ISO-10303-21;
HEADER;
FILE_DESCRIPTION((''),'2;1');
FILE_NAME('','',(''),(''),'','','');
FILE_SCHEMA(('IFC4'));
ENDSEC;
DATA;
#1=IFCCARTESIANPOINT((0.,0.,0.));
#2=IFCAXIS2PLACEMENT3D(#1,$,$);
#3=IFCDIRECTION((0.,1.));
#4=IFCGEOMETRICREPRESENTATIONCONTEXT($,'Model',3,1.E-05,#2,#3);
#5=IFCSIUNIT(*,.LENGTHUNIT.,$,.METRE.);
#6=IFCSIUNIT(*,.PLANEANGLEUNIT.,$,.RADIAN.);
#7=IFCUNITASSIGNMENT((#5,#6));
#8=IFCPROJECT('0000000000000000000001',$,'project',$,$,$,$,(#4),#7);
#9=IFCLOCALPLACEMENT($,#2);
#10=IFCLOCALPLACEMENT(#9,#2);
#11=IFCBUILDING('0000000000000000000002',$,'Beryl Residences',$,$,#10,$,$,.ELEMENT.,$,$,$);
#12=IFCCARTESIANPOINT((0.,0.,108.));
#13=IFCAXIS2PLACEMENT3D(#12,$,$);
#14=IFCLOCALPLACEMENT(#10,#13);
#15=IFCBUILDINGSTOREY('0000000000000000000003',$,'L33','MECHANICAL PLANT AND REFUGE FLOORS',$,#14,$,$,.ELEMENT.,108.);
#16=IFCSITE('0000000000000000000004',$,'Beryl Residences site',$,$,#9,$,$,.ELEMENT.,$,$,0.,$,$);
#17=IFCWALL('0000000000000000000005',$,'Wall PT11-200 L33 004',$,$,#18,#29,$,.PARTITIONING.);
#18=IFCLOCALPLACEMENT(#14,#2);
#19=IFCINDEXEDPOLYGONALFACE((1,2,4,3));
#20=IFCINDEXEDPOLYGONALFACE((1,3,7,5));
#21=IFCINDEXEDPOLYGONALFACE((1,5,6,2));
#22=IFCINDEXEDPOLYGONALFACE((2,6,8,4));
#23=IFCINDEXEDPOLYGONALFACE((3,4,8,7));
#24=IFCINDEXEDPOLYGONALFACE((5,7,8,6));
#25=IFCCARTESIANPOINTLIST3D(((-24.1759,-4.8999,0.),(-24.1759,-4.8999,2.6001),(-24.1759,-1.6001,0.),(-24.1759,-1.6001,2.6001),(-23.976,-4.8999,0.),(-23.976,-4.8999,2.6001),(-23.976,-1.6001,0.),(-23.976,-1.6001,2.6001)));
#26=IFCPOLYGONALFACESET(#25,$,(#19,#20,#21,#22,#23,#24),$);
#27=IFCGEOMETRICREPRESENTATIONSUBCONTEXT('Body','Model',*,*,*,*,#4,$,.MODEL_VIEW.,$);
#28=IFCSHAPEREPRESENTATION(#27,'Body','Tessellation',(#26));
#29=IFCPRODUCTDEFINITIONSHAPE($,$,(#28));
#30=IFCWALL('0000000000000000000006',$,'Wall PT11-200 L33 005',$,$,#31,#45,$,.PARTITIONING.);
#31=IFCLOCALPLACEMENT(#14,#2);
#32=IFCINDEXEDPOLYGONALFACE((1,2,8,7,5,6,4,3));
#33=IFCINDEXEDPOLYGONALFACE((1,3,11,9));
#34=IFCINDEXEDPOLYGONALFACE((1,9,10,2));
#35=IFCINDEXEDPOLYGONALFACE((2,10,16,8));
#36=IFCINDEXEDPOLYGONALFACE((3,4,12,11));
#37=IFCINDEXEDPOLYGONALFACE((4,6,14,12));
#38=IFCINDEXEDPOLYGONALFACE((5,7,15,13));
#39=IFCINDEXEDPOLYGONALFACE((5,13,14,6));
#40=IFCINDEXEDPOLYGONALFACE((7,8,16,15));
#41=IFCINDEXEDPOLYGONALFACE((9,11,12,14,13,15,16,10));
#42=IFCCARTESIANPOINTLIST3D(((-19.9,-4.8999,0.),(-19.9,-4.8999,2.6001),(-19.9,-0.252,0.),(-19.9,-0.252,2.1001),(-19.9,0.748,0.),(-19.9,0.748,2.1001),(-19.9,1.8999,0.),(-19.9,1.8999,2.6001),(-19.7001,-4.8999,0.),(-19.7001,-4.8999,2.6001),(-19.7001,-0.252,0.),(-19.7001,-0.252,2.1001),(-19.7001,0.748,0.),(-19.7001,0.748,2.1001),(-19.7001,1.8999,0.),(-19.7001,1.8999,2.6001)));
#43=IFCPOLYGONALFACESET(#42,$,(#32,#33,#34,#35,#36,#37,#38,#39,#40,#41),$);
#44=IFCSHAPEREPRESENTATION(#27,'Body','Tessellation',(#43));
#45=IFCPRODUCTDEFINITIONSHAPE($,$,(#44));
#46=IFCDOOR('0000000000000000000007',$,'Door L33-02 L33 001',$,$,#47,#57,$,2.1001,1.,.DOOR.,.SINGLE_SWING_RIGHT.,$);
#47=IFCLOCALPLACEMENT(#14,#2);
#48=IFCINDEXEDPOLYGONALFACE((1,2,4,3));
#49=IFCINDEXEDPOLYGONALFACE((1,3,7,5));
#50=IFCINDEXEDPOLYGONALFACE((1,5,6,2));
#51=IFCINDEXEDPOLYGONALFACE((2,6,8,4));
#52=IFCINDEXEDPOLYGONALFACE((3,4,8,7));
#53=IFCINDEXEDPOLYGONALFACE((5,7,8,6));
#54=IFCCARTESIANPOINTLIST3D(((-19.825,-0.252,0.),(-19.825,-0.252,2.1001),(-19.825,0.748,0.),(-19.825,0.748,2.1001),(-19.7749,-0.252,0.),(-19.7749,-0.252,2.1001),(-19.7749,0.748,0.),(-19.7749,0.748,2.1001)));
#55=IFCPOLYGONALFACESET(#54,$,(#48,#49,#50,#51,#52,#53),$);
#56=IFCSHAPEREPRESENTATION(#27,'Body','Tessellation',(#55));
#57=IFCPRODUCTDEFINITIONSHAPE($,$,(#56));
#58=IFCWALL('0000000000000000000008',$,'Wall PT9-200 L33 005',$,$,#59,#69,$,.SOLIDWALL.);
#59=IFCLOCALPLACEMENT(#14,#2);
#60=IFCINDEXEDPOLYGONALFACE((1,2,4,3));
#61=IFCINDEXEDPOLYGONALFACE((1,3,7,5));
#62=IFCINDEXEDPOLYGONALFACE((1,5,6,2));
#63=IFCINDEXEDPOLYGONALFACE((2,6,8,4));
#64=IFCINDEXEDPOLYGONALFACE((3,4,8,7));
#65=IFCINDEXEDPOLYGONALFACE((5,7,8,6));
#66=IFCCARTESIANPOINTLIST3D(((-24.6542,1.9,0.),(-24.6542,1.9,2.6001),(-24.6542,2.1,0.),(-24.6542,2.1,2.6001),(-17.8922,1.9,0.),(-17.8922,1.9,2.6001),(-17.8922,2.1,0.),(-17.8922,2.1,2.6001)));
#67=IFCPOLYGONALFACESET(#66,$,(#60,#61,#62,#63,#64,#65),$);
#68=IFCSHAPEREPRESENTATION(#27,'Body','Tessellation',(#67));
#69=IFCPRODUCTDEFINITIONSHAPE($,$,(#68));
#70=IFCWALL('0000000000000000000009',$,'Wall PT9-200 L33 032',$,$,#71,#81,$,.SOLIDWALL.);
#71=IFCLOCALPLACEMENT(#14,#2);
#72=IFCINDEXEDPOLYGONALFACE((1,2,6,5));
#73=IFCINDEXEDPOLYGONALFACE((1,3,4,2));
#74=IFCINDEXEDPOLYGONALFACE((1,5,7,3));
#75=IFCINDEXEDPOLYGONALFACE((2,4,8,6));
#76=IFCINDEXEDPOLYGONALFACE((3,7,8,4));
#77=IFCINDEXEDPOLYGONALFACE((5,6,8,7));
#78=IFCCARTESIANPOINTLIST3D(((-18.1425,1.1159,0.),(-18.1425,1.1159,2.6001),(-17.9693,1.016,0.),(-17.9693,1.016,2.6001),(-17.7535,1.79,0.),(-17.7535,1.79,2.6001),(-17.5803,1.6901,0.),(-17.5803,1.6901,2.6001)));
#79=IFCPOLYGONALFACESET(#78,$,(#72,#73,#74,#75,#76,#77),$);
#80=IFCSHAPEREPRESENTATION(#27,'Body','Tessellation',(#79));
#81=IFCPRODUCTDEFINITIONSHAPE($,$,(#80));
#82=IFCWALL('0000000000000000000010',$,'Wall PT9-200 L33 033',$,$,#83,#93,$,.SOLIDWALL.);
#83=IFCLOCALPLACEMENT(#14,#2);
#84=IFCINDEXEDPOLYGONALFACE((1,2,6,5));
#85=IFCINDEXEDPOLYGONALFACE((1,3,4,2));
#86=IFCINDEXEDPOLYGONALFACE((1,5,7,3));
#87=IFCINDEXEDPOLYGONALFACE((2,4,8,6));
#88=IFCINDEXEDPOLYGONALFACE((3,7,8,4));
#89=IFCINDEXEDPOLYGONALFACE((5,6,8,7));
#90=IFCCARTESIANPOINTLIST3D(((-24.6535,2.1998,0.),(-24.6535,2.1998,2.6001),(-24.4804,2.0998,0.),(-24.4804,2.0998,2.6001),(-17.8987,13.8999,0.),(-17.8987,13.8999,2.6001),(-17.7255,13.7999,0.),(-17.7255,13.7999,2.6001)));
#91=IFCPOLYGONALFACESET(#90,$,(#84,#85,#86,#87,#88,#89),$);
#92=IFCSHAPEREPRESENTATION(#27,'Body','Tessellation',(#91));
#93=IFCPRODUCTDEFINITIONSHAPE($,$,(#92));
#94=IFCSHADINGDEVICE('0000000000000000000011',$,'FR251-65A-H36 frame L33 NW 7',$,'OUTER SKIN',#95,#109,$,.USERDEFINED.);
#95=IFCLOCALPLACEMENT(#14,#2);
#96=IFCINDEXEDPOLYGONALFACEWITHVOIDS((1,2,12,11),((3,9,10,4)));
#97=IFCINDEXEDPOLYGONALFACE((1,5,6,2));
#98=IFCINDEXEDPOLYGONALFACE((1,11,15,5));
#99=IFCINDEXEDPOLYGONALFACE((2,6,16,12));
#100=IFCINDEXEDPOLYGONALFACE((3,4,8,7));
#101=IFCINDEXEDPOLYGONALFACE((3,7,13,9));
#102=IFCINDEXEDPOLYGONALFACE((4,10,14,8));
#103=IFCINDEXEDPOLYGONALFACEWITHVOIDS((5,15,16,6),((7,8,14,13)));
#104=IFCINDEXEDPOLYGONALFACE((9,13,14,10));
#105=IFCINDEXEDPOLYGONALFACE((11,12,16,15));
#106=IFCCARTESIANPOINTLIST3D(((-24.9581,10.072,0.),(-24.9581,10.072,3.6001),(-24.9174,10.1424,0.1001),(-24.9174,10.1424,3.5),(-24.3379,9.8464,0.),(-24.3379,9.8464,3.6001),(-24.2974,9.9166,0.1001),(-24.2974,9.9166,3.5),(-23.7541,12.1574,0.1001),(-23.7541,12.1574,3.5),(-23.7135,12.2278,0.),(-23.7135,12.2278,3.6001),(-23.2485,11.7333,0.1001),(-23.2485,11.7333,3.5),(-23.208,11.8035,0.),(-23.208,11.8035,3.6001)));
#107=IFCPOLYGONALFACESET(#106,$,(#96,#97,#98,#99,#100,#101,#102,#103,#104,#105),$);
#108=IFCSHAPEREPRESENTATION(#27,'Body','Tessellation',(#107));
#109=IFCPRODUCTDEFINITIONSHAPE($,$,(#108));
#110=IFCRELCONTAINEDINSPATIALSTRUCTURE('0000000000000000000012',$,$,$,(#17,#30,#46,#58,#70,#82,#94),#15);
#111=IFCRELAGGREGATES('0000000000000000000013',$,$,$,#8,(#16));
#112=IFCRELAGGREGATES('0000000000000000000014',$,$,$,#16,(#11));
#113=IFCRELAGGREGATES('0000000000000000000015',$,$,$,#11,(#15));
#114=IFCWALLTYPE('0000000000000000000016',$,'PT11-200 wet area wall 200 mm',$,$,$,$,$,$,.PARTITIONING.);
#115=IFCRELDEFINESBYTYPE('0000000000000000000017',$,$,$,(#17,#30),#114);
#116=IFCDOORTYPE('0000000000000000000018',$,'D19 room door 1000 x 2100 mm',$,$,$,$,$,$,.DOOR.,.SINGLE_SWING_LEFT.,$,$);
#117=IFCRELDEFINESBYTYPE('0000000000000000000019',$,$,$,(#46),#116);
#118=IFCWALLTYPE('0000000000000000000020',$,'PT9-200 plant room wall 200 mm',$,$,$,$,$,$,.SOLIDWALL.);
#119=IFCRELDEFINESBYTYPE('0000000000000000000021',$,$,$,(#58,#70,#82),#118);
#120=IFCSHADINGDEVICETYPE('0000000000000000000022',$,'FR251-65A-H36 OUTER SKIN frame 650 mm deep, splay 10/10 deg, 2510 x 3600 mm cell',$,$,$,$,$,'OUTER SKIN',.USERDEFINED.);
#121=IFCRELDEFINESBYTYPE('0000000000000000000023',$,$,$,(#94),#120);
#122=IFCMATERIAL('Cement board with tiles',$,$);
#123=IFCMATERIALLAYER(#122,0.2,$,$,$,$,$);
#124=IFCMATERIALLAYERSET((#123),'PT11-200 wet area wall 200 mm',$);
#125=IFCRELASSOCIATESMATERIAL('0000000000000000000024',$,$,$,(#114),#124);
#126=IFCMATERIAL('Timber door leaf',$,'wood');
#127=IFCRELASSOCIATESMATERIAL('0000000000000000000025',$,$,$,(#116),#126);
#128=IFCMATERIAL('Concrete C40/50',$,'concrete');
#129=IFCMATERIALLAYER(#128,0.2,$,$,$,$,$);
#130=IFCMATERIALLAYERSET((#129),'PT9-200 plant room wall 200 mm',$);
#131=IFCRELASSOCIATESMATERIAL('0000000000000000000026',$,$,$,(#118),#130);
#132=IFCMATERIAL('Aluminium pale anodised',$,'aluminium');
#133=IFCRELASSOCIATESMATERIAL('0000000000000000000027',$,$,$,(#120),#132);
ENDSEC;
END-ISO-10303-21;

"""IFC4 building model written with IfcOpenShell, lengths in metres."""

from ifc_helpers import new_model, entity, si_unit, direction, frame, frame_2d, origin, place, context, subcontext, project, spatial, rectangle, extrude, source, transform, mapped, material, layer, layer_set, type_object, type_shapes, element, fill, save


model = new_model("IFC4")

# Units and contexts
model_context = context("Model", 3, precision=1e-05, world=origin(), true_north=direction((0.0, 1.0)))
body_context = subcontext(model_context, "Body", "Model", "MODEL_VIEW")
ifc_project = project(units=[si_unit("LENGTHUNIT", "METRE"), si_unit("PLANEANGLEUNIT", "RADIAN")], contexts=[model_context])

# Site, building, storey
site_placement = place(None, origin())
site = spatial("IfcSite", under=ifc_project, at=site_placement, Name="Beryl Residences site", CompositionType="ELEMENT", RefElevation=0.0)
building_placement = place(site_placement, origin())
building = spatial("IfcBuilding", under=site, at=building_placement, Name="Beryl Residences", CompositionType="ELEMENT")
storey_placement = place(building_placement, frame((0.0, 0.0, 108.0)))
storey = spatial("IfcBuildingStorey", under=building, at=storey_placement, Name="L33", Description="MECHANICAL PLANT AND REFUGE FLOORS", CompositionType="ELEMENT", Elevation=108.0)

# Shared definitions
ifc_material_1 = material(Name="Cement board with tiles")
ifc_layer_1 = layer(ifc_material_1, 0.2)
ifc_layer_set_1 = layer_set([ifc_layer_1], Name="PT11-200 wet area wall 200 mm")
wall_type_1 = type_object("IfcWallType", Name="PT11-200 wet area wall 200 mm", PredefinedType="PARTITIONING", material=ifc_layer_set_1)

# Wall
for number, where, z_axis, x_axis, name in (
    (1, (-24.0759, -4.8999, 0.0), (0.0, 0.0, 1.0), (0.0, 1.0, 0.0), "Wall PT11-200 L33 004"),
):
    element("IfcWall", number, at=place(storey_placement, frame(where, z_axis=z_axis, x_axis=x_axis)), inside=storey, type_object=wall_type_1, Name=name, PredefinedType="PARTITIONING", context=body_context, shape_type="SweptSolid", body=[
        extrude(rectangle(XDim=3.2998, YDim=0.2, at=frame_2d((1.6499, 0.0))), origin(), (0.0, 0.0, 1.0), 2.6001),
    ])

# Wall, opening, door
wall_1_placement = place(storey_placement, frame((-19.8, -4.8999, 0.0), z_axis=(0.0, 0.0, 1.0), x_axis=(0.0, 1.0, 0.0)))
wall_1 = element("IfcWall", 2, at=wall_1_placement, inside=storey, type_object=wall_type_1, Name="Wall PT11-200 L33 005", PredefinedType="PARTITIONING", context=body_context, shape_type="SweptSolid", body=[
    extrude(rectangle(XDim=6.7998, YDim=0.2, at=frame_2d((3.3999, 0.0))), origin(), (0.0, 0.0, 1.0), 2.6001),
])
opening_1_placement = place(wall_1_placement, frame((4.6479, 0.0, 0.0)))
opening_1 = element("IfcOpeningElement", 3, at=opening_1_placement, cuts=wall_1, PredefinedType="OPENING", context=body_context, shape_type="SweptSolid", body=[
    extrude(rectangle(XDim=1.0, YDim=2.1001, at=frame_2d((0.5, 1.05))), frame((0.0, 0.1099, 0.0), z_axis=(0.0, -1.0, 0.0), x_axis=(1.0, 0.0, 0.0)), (0.0, 0.0, 1.0), 0.22),
])
ifc_material_2 = material(Name="Timber door leaf", Category="wood")
door_type_1 = type_object("IfcDoorType", Name="D19 room door 1000 x 2100 mm", OperationType="SINGLE_SWING_LEFT", PredefinedType="DOOR", material=ifc_material_2)
door_1_placement = place(opening_1_placement, origin())
door_1 = element("IfcDoor", 4, at=door_1_placement, inside=storey, type_object=door_type_1, Name="Door L33-02 L33 001", OperationType="SINGLE_SWING_RIGHT", OverallHeight=2.1001, OverallWidth=1.0, PredefinedType="DOOR", context=body_context, shape_type="SweptSolid", body=[
    extrude(rectangle(XDim=1.0, YDim=2.1001, at=frame_2d((0.5, 1.05))), frame((0.0, 0.0249, 0.0), z_axis=(0.0, -1.0, 0.0), x_axis=(1.0, 0.0, 0.0)), (0.0, 0.0, 1.0), 0.05),
])
fill(opening_1, door_1)

# Walls
ifc_material_3 = material(Name="Concrete C40/50", Category="concrete")
ifc_layer_2 = layer(ifc_material_3, 0.2)
ifc_layer_set_2 = layer_set([ifc_layer_2], Name="PT9-200 plant room wall 200 mm")
wall_type_2 = type_object("IfcWallType", Name="PT9-200 plant room wall 200 mm", PredefinedType="SOLIDWALL", material=ifc_layer_set_2)
wall_2_placement = place(storey_placement, frame((-24.6541, 2.0, 0.0), z_axis=(0.0, 0.0, 1.0), x_axis=(1.0, 0.0, 0.0)))
element("IfcWall", 5, at=wall_2_placement, inside=storey, type_object=wall_type_2, Name="Wall PT9-200 L33 005", PredefinedType="SOLIDWALL", context=body_context, shape_type="SweptSolid", body=[
    extrude(rectangle(XDim=6.762, YDim=0.2, at=frame_2d((3.3809, 0.0))), origin(), (0.0, 0.0, 1.0), 2.6001),
])
wall_3_placement = place(storey_placement, frame((-18.0559, 1.0659, 0.0), z_axis=(0.0, 0.0, 1.0), x_axis=(0.49975, 0.86617, 0.0)))
element("IfcWall", 6, at=wall_3_placement, inside=storey, type_object=wall_type_2, Name="Wall PT9-200 L33 032", PredefinedType="SOLIDWALL", context=body_context, shape_type="SweptSolid", body=[
    extrude(rectangle(XDim=0.7783, YDim=0.2, at=frame_2d((0.3892, 0.0))), origin(), (0.0, 0.0, 1.0), 2.6001),
])
wall_4_placement = place(storey_placement, frame((-24.5669, 2.1499, 0.0), z_axis=(0.0, 0.0, 1.0), x_axis=(0.499987, 0.866033, 0.0)))
element("IfcWall", 7, at=wall_4_placement, inside=storey, type_object=wall_type_2, Name="Wall PT9-200 L33 033", PredefinedType="SOLIDWALL", context=body_context, shape_type="SweptSolid", body=[
    extrude(rectangle(XDim=13.51, YDim=0.2, at=frame_2d((6.7549, 0.0))), origin(), (0.0, 0.0, 1.0), 2.6001),
])

# Shading device
ifc_material_4 = material(Name="Aluminium pale anodised", Category="aluminium")
shading_device_type = type_object("IfcShadingDeviceType", Name="FR251-65A-H36 OUTER SKIN frame 650 mm deep, splay 10/10 deg, 2510 x 3600 mm cell", ElementType="OUTER SKIN", PredefinedType="USERDEFINED", material=ifc_material_4)
cartesian_point_1 = entity("IfcCartesianPoint", [-1.1299, 0.0])
cartesian_point_2 = entity("IfcCartesianPoint", [-1.0488, 0.1001])
cartesian_point_3 = entity("IfcCartesianPoint", [-1.2446, 0.0])
cartesian_point_4 = entity("IfcCartesianPoint", [-1.1633, 0.1001])
shared_shape = source(origin(), body_context, "Body", "SweptSolid", [
    entity("IfcExtrudedAreaSolidTapered", entity("IfcArbitraryProfileDefWithVoids", "AREA", None, entity("IfcPolyline", [cartesian_point_1, entity("IfcCartesianPoint", [1.1299, 0.0]), entity("IfcCartesianPoint", [1.1299, 3.6001]), entity("IfcCartesianPoint", [-1.1299, 3.6001]), cartesian_point_1]), [entity("IfcPolyline", [cartesian_point_2, entity("IfcCartesianPoint", [1.0488, 0.1001]), entity("IfcCartesianPoint", [1.0488, 3.5]), entity("IfcCartesianPoint", [-1.0488, 3.5]), cartesian_point_2])]), entity("IfcAxis2Placement3D", entity("IfcCartesianPoint", [0.0, 0.0, 0.0]), entity("IfcDirection", [0.0, 1.0, 0.0]), entity("IfcDirection", [-1.0, 0.0, 0.0])), entity("IfcDirection", [0.0, 0.0, 1.0]), 0.6499, entity("IfcArbitraryProfileDefWithVoids", "AREA", None, entity("IfcPolyline", [cartesian_point_3, entity("IfcCartesianPoint", [1.2446, 0.0]), entity("IfcCartesianPoint", [1.2446, 3.6001]), entity("IfcCartesianPoint", [-1.2446, 3.6001]), cartesian_point_3]), [entity("IfcPolyline", [cartesian_point_4, entity("IfcCartesianPoint", [1.1633, 0.1001]), entity("IfcCartesianPoint", [1.1633, 3.5]), entity("IfcCartesianPoint", [-1.1633, 3.5]), cartesian_point_4])])),
])
type_shapes(shading_device_type, [shared_shape])
shading_device_placement = place(storey_placement, frame((-23.7729, 10.825, 0.0), z_axis=(0.0, 0.0, 1.0), x_axis=(0.5, 0.866025, 0.0)))
element("IfcShadingDevice", 8, at=shading_device_placement, inside=storey, type_object=shading_device_type, Name="FR251-65A-H36 frame L33 NW 7", ObjectType="OUTER SKIN", PredefinedType="USERDEFINED", context=body_context, shape_type="MappedRepresentation", body=[
    mapped(shared_shape, transform((0.0, 0.0, 0.0))),
])

save(model, "model.ifc")
